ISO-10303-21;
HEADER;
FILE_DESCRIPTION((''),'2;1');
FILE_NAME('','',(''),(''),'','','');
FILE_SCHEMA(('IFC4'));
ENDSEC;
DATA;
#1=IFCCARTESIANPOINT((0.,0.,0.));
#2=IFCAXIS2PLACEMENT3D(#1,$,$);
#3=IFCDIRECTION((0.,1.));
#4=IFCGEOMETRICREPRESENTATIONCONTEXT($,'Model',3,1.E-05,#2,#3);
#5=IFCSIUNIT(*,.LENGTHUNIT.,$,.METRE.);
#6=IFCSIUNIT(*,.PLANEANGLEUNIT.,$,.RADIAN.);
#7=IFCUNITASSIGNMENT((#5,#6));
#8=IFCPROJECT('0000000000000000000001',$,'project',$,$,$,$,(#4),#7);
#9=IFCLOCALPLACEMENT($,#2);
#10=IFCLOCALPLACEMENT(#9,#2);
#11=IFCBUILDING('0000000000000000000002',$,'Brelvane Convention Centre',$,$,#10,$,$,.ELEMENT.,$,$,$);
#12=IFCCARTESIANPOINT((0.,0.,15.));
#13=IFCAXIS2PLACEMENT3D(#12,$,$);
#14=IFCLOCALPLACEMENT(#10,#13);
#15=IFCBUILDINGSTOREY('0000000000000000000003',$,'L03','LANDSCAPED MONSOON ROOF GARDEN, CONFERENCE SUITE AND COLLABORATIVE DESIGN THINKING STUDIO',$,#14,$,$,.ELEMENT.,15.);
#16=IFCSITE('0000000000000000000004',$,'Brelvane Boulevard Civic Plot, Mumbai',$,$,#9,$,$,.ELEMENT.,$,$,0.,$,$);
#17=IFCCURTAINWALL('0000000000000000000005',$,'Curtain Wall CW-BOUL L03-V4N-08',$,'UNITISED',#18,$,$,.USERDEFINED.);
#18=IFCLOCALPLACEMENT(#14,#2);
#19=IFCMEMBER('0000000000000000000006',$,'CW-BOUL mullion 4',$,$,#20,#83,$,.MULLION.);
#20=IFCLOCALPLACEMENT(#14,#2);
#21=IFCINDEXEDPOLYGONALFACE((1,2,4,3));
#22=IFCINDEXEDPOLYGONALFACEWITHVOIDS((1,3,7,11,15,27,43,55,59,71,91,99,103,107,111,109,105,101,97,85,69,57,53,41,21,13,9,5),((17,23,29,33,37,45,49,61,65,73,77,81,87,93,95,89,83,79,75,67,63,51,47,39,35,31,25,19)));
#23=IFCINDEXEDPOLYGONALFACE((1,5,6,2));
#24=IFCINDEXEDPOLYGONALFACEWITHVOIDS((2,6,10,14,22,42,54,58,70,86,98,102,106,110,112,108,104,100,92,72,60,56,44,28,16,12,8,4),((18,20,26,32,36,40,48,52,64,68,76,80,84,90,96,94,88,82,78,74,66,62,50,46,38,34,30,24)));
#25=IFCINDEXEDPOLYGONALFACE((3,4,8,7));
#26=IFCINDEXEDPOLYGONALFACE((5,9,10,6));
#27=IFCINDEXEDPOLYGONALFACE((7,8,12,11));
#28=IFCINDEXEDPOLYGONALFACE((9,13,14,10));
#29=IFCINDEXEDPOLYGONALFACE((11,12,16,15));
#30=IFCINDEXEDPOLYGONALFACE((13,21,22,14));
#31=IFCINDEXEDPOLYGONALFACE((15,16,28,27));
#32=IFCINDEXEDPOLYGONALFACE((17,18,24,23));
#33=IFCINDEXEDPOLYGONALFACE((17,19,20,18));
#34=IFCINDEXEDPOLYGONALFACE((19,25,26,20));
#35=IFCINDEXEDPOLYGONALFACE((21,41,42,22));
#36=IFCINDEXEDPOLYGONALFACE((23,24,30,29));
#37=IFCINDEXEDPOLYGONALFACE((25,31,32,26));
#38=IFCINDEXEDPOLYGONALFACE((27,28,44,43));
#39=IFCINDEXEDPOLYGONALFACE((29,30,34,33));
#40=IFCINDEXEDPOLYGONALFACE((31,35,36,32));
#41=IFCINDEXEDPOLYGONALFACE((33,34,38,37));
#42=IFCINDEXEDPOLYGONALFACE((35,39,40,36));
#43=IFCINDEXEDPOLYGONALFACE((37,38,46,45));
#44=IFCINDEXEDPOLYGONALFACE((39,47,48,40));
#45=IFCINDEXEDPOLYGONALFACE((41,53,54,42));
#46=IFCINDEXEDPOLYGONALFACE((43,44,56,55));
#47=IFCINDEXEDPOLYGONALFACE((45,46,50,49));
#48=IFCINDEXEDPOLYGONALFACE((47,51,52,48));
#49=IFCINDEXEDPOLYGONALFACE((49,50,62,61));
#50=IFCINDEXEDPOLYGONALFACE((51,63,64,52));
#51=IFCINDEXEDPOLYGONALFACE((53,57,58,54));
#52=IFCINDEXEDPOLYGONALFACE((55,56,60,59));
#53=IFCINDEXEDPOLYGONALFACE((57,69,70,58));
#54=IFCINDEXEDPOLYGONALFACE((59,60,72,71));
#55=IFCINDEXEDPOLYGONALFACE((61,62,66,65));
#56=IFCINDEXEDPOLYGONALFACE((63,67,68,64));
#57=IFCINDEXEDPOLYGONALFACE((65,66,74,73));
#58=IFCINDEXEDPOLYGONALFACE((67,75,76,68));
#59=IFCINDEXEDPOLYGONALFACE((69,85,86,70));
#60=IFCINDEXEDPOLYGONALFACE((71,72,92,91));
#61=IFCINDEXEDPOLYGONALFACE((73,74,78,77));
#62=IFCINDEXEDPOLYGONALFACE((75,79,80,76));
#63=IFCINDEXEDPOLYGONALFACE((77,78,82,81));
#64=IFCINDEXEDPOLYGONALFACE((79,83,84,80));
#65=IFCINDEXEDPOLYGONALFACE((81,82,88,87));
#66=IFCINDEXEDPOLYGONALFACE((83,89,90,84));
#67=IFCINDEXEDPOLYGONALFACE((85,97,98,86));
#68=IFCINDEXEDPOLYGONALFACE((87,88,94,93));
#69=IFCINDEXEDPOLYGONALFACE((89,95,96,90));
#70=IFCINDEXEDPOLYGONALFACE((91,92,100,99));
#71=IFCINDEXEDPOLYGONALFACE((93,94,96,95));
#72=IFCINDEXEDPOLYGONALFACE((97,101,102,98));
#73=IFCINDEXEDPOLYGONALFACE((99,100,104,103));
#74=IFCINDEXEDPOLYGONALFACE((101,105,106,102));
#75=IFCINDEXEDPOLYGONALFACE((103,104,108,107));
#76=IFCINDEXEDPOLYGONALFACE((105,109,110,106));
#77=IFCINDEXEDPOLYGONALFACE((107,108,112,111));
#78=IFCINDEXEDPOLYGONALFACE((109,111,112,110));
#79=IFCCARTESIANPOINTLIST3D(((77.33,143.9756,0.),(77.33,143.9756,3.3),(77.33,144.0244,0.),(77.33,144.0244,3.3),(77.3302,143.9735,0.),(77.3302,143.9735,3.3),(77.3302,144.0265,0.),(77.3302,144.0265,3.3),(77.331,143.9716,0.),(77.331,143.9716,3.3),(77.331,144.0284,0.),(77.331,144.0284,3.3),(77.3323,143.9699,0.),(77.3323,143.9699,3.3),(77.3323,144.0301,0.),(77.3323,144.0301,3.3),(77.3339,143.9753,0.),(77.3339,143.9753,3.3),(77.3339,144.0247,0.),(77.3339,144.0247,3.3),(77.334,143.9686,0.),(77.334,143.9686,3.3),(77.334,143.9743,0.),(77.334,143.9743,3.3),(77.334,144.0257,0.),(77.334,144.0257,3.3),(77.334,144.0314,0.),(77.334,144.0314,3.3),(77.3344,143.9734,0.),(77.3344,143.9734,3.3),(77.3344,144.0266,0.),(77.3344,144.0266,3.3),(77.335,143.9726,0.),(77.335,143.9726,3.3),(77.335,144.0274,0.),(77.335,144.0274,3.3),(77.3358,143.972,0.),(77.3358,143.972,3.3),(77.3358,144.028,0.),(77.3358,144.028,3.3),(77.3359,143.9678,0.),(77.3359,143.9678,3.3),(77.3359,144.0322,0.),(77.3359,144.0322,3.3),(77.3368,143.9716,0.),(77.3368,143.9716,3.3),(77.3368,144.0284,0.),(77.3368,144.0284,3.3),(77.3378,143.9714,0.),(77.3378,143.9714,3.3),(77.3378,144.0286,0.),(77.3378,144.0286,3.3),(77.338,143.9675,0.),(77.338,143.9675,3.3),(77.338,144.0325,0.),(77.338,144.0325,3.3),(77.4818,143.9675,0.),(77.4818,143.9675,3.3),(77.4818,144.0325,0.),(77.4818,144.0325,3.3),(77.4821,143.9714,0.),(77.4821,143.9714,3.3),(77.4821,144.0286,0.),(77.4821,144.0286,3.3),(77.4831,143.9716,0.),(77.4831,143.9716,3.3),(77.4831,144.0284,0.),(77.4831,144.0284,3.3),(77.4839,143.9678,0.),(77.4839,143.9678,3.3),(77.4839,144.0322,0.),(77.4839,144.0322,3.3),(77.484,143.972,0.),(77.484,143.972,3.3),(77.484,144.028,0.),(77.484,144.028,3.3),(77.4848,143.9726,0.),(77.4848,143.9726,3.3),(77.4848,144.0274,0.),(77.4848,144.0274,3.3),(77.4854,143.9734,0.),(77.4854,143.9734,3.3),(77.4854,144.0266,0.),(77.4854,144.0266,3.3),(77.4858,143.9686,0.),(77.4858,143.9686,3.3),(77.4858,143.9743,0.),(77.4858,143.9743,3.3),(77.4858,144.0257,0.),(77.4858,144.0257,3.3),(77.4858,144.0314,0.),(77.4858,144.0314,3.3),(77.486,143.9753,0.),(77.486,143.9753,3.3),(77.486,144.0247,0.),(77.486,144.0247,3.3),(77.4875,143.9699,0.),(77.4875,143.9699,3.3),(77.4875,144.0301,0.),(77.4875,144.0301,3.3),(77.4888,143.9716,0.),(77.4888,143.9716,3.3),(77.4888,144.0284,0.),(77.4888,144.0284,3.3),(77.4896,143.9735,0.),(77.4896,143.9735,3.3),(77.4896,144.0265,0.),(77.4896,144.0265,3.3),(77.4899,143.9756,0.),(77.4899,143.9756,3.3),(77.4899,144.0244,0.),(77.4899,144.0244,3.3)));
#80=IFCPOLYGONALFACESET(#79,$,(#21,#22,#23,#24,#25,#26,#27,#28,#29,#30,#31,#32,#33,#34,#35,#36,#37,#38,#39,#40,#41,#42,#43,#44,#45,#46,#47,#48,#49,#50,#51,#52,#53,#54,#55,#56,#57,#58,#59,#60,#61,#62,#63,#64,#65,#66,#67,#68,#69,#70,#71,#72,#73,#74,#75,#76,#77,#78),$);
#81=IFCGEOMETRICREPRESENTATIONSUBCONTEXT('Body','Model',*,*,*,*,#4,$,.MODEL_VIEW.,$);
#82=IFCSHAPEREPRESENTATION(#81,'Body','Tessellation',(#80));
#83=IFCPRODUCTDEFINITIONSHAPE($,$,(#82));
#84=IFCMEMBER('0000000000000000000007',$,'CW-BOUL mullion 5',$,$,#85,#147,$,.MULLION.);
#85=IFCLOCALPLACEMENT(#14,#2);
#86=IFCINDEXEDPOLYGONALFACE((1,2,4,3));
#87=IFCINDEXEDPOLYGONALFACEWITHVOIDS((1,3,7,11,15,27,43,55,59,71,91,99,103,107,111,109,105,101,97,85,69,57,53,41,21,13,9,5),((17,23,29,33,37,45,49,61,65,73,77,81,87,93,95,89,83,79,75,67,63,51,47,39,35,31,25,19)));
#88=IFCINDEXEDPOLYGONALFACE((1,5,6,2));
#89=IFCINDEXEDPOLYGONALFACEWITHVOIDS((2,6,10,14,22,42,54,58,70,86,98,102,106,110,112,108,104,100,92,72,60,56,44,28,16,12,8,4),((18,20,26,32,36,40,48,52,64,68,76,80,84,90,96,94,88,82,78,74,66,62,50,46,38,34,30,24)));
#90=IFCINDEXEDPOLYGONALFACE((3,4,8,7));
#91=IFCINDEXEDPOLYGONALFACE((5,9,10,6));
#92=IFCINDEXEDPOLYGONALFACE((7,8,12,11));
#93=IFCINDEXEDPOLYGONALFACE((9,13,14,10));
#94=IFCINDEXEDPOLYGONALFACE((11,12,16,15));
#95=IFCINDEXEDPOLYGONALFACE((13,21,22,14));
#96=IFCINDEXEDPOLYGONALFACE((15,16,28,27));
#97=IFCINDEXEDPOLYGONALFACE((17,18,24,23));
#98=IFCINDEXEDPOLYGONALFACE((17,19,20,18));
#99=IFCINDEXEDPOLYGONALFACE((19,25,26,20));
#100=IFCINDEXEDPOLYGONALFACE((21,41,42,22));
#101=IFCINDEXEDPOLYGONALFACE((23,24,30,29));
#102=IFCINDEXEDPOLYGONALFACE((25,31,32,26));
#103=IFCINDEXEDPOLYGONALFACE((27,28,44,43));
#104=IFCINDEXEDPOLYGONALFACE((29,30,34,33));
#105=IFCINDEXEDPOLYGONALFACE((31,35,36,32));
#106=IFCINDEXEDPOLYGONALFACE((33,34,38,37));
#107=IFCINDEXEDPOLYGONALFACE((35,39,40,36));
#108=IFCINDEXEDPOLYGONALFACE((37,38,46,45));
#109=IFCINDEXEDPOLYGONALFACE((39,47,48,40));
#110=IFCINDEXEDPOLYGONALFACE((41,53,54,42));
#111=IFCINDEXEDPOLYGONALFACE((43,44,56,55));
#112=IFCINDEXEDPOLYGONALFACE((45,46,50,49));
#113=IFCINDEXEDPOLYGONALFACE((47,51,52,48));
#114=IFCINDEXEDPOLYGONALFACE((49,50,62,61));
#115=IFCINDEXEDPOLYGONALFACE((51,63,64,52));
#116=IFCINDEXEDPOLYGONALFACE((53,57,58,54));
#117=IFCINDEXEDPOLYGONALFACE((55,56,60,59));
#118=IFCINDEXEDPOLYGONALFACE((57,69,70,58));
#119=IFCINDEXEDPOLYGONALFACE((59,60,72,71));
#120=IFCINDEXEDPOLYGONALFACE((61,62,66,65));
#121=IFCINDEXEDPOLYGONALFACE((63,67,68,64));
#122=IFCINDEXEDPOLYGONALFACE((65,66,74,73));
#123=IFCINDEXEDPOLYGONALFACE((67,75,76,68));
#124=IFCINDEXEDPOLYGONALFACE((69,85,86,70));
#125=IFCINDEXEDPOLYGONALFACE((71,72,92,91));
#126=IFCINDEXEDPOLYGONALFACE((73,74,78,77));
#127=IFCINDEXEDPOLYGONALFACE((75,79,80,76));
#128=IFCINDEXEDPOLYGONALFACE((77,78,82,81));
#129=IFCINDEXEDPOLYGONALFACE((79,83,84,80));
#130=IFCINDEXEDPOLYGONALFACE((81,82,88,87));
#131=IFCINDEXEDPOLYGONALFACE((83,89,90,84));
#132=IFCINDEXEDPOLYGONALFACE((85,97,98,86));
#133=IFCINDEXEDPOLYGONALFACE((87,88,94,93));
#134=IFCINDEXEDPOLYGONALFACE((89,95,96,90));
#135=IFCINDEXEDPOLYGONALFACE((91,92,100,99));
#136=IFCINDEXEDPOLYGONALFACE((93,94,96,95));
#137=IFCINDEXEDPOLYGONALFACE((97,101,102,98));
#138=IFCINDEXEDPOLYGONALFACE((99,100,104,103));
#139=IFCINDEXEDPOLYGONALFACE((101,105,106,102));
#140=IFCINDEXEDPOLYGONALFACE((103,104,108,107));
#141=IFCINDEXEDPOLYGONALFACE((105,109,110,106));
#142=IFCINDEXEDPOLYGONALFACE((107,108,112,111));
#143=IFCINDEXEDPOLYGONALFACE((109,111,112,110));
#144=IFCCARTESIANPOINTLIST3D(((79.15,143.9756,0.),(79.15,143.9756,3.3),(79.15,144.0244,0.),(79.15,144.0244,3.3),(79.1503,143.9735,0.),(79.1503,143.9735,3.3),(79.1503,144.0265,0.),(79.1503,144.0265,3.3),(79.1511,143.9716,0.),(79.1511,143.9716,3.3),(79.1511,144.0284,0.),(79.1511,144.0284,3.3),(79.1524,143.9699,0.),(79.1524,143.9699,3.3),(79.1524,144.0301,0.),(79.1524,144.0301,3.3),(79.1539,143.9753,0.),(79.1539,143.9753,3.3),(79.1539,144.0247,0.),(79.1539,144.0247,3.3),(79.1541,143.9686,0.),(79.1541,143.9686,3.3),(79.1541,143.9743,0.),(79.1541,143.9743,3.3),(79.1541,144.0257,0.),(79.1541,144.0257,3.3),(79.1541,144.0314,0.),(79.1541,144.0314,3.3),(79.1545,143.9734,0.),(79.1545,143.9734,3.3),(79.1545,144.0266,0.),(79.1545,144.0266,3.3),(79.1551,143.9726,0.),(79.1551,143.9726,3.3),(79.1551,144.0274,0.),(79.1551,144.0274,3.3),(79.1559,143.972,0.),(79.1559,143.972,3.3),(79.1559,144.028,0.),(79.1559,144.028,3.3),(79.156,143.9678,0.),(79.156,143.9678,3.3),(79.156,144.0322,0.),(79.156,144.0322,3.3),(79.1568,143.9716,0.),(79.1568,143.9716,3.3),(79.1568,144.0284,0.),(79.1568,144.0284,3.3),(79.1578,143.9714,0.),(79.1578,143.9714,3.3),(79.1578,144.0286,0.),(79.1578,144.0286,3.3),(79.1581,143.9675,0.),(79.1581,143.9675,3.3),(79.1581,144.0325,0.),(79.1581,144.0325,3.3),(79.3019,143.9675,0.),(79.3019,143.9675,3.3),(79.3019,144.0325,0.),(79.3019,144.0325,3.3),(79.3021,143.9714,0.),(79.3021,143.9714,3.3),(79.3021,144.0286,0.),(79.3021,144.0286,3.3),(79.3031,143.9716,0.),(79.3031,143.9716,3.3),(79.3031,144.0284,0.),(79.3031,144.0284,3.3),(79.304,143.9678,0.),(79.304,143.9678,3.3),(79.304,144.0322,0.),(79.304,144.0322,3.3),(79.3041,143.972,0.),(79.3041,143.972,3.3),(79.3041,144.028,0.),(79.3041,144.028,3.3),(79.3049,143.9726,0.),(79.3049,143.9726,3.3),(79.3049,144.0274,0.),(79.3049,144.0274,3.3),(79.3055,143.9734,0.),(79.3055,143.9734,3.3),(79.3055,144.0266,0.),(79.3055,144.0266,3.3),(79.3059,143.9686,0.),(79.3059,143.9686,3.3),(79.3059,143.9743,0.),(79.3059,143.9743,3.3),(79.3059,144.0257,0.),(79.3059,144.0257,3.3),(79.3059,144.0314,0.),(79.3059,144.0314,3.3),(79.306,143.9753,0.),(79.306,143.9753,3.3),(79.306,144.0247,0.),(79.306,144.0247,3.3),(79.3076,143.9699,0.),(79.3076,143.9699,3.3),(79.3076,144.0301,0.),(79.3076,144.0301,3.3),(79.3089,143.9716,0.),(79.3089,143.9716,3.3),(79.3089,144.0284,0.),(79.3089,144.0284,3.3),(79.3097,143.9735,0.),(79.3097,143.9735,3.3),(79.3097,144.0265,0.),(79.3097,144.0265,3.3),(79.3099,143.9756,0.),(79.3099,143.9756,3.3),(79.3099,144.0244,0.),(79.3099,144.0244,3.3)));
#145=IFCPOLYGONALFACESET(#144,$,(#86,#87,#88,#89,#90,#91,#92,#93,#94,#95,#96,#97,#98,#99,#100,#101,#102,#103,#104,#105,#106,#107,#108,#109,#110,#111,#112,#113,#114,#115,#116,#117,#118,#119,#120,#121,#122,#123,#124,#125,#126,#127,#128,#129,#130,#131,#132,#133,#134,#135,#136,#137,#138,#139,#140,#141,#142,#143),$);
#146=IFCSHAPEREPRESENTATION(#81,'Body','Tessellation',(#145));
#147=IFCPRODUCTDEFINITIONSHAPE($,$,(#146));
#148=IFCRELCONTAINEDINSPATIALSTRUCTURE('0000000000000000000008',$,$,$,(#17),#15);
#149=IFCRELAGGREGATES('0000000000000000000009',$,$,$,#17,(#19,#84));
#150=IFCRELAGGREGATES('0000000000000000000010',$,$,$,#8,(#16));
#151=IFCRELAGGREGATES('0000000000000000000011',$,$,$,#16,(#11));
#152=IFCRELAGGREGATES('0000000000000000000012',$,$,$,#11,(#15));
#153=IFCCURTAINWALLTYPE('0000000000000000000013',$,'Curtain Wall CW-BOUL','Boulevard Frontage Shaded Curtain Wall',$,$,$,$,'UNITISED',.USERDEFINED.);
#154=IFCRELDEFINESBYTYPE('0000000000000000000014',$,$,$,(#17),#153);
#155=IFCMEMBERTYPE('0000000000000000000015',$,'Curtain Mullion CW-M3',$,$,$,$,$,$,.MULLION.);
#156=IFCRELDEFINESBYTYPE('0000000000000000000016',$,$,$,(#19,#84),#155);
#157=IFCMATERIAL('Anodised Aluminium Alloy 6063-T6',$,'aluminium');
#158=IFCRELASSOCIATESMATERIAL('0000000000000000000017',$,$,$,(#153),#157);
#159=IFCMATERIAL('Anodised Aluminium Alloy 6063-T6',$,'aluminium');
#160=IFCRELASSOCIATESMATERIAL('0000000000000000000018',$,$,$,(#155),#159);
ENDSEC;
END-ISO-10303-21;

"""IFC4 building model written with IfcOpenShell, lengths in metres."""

from ifc_helpers import new_model, si_unit, direction, frame, origin, origin_2d, place, context, subcontext, project, spatial, hollow_rectangle, extrude, material, material_profile, profile_set, type_object, element, aggregate, save


model = new_model("IFC4")

# Units and contexts
model_context = context("Model", 3, precision=1e-05, world=origin(), true_north=direction((0.0, 1.0)))
body_context = subcontext(model_context, "Body", "Model", "MODEL_VIEW")
ifc_project = project(units=[si_unit("LENGTHUNIT", "METRE"), si_unit("PLANEANGLEUNIT", "RADIAN")], contexts=[model_context])

# Site, building, storey
site_placement = place(None, origin())
site = spatial("IfcSite", under=ifc_project, at=site_placement, Name="Brelvane Boulevard Civic Plot, Mumbai", CompositionType="ELEMENT", RefElevation=0.0)
building_placement = place(site_placement, origin())
building = spatial("IfcBuilding", under=site, at=building_placement, Name="Brelvane Convention Centre", CompositionType="ELEMENT")
storey_placement = place(building_placement, frame((0.0, 0.0, 15.0)))
storey = spatial("IfcBuildingStorey", under=building, at=storey_placement, Name="L03", Description="LANDSCAPED MONSOON ROOF GARDEN, CONFERENCE SUITE AND COLLABORATIVE DESIGN THINKING STUDIO", CompositionType="ELEMENT", Elevation=15.0)

# Curtain wall, members
ifc_material_1 = material(Name="Anodised Aluminium Alloy 6063-T6", Category="aluminium")
curtain_wall_type = type_object("IfcCurtainWallType", Name="Curtain Wall CW-BOUL", Description="Boulevard Frontage Shaded Curtain Wall", ElementType="UNITISED", PredefinedType="USERDEFINED", material=ifc_material_1)
curtain_wall_placement = place(storey_placement, origin())
curtain_wall = element("IfcCurtainWall", 1, at=curtain_wall_placement, inside=storey, type_object=curtain_wall_type, Name="Curtain Wall CW-BOUL L03-V4N-08", ObjectType="UNITISED", PredefinedType="USERDEFINED")
ifc_material_2 = material(Name="Anodised Aluminium Alloy 6063-T6", Category="aluminium")
ifc_material_profile_1 = material_profile(ifc_material_2, hollow_rectangle(XDim=0.0649, YDim=0.1599, WallThickness=0.0039, InnerFilletRadius=0.0039, OuterFilletRadius=0.0081, at=origin_2d()), Name="ALU-M 160x65x4.0")
ifc_profile_set_1 = profile_set([ifc_material_profile_1], Name="Anodised Aluminium Alloy 6063-T6")
member_type_1 = type_object("IfcMemberType", Name="Curtain Mullion CW-M3", PredefinedType="MULLION", material=ifc_profile_set_1)
member_1_placement = place(storey_placement, frame((77.4099, 144.0, 0.0), z_axis=(0.0, 0.0, 1.0), x_axis=(0.0, 1.0, 0.0)))
member_1 = element("IfcMember", 2, at=member_1_placement, type_object=member_type_1, Name="CW-BOUL mullion 4", PredefinedType="MULLION", context=body_context, shape_type="SweptSolid", body=[
    extrude(hollow_rectangle(XDim=0.0649, YDim=0.1599, WallThickness=0.0039, InnerFilletRadius=0.0039, OuterFilletRadius=0.0081, at=origin_2d()), origin(), (0.0, 0.0, 1.0), 3.3),
])
member_2_placement = place(storey_placement, frame((79.23, 144.0, 0.0), z_axis=(0.0, 0.0, 1.0), x_axis=(0.0, 1.0, 0.0)))
member_2 = element("IfcMember", 3, at=member_2_placement, type_object=member_type_1, Name="CW-BOUL mullion 5", PredefinedType="MULLION", context=body_context, shape_type="SweptSolid", body=[
    extrude(hollow_rectangle(XDim=0.0649, YDim=0.1599, WallThickness=0.0039, InnerFilletRadius=0.0039, OuterFilletRadius=0.0081, at=origin_2d()), origin(), (0.0, 0.0, 1.0), 3.3),
])

aggregate(curtain_wall, [member_1, member_2])

save(model, "model.ifc")
